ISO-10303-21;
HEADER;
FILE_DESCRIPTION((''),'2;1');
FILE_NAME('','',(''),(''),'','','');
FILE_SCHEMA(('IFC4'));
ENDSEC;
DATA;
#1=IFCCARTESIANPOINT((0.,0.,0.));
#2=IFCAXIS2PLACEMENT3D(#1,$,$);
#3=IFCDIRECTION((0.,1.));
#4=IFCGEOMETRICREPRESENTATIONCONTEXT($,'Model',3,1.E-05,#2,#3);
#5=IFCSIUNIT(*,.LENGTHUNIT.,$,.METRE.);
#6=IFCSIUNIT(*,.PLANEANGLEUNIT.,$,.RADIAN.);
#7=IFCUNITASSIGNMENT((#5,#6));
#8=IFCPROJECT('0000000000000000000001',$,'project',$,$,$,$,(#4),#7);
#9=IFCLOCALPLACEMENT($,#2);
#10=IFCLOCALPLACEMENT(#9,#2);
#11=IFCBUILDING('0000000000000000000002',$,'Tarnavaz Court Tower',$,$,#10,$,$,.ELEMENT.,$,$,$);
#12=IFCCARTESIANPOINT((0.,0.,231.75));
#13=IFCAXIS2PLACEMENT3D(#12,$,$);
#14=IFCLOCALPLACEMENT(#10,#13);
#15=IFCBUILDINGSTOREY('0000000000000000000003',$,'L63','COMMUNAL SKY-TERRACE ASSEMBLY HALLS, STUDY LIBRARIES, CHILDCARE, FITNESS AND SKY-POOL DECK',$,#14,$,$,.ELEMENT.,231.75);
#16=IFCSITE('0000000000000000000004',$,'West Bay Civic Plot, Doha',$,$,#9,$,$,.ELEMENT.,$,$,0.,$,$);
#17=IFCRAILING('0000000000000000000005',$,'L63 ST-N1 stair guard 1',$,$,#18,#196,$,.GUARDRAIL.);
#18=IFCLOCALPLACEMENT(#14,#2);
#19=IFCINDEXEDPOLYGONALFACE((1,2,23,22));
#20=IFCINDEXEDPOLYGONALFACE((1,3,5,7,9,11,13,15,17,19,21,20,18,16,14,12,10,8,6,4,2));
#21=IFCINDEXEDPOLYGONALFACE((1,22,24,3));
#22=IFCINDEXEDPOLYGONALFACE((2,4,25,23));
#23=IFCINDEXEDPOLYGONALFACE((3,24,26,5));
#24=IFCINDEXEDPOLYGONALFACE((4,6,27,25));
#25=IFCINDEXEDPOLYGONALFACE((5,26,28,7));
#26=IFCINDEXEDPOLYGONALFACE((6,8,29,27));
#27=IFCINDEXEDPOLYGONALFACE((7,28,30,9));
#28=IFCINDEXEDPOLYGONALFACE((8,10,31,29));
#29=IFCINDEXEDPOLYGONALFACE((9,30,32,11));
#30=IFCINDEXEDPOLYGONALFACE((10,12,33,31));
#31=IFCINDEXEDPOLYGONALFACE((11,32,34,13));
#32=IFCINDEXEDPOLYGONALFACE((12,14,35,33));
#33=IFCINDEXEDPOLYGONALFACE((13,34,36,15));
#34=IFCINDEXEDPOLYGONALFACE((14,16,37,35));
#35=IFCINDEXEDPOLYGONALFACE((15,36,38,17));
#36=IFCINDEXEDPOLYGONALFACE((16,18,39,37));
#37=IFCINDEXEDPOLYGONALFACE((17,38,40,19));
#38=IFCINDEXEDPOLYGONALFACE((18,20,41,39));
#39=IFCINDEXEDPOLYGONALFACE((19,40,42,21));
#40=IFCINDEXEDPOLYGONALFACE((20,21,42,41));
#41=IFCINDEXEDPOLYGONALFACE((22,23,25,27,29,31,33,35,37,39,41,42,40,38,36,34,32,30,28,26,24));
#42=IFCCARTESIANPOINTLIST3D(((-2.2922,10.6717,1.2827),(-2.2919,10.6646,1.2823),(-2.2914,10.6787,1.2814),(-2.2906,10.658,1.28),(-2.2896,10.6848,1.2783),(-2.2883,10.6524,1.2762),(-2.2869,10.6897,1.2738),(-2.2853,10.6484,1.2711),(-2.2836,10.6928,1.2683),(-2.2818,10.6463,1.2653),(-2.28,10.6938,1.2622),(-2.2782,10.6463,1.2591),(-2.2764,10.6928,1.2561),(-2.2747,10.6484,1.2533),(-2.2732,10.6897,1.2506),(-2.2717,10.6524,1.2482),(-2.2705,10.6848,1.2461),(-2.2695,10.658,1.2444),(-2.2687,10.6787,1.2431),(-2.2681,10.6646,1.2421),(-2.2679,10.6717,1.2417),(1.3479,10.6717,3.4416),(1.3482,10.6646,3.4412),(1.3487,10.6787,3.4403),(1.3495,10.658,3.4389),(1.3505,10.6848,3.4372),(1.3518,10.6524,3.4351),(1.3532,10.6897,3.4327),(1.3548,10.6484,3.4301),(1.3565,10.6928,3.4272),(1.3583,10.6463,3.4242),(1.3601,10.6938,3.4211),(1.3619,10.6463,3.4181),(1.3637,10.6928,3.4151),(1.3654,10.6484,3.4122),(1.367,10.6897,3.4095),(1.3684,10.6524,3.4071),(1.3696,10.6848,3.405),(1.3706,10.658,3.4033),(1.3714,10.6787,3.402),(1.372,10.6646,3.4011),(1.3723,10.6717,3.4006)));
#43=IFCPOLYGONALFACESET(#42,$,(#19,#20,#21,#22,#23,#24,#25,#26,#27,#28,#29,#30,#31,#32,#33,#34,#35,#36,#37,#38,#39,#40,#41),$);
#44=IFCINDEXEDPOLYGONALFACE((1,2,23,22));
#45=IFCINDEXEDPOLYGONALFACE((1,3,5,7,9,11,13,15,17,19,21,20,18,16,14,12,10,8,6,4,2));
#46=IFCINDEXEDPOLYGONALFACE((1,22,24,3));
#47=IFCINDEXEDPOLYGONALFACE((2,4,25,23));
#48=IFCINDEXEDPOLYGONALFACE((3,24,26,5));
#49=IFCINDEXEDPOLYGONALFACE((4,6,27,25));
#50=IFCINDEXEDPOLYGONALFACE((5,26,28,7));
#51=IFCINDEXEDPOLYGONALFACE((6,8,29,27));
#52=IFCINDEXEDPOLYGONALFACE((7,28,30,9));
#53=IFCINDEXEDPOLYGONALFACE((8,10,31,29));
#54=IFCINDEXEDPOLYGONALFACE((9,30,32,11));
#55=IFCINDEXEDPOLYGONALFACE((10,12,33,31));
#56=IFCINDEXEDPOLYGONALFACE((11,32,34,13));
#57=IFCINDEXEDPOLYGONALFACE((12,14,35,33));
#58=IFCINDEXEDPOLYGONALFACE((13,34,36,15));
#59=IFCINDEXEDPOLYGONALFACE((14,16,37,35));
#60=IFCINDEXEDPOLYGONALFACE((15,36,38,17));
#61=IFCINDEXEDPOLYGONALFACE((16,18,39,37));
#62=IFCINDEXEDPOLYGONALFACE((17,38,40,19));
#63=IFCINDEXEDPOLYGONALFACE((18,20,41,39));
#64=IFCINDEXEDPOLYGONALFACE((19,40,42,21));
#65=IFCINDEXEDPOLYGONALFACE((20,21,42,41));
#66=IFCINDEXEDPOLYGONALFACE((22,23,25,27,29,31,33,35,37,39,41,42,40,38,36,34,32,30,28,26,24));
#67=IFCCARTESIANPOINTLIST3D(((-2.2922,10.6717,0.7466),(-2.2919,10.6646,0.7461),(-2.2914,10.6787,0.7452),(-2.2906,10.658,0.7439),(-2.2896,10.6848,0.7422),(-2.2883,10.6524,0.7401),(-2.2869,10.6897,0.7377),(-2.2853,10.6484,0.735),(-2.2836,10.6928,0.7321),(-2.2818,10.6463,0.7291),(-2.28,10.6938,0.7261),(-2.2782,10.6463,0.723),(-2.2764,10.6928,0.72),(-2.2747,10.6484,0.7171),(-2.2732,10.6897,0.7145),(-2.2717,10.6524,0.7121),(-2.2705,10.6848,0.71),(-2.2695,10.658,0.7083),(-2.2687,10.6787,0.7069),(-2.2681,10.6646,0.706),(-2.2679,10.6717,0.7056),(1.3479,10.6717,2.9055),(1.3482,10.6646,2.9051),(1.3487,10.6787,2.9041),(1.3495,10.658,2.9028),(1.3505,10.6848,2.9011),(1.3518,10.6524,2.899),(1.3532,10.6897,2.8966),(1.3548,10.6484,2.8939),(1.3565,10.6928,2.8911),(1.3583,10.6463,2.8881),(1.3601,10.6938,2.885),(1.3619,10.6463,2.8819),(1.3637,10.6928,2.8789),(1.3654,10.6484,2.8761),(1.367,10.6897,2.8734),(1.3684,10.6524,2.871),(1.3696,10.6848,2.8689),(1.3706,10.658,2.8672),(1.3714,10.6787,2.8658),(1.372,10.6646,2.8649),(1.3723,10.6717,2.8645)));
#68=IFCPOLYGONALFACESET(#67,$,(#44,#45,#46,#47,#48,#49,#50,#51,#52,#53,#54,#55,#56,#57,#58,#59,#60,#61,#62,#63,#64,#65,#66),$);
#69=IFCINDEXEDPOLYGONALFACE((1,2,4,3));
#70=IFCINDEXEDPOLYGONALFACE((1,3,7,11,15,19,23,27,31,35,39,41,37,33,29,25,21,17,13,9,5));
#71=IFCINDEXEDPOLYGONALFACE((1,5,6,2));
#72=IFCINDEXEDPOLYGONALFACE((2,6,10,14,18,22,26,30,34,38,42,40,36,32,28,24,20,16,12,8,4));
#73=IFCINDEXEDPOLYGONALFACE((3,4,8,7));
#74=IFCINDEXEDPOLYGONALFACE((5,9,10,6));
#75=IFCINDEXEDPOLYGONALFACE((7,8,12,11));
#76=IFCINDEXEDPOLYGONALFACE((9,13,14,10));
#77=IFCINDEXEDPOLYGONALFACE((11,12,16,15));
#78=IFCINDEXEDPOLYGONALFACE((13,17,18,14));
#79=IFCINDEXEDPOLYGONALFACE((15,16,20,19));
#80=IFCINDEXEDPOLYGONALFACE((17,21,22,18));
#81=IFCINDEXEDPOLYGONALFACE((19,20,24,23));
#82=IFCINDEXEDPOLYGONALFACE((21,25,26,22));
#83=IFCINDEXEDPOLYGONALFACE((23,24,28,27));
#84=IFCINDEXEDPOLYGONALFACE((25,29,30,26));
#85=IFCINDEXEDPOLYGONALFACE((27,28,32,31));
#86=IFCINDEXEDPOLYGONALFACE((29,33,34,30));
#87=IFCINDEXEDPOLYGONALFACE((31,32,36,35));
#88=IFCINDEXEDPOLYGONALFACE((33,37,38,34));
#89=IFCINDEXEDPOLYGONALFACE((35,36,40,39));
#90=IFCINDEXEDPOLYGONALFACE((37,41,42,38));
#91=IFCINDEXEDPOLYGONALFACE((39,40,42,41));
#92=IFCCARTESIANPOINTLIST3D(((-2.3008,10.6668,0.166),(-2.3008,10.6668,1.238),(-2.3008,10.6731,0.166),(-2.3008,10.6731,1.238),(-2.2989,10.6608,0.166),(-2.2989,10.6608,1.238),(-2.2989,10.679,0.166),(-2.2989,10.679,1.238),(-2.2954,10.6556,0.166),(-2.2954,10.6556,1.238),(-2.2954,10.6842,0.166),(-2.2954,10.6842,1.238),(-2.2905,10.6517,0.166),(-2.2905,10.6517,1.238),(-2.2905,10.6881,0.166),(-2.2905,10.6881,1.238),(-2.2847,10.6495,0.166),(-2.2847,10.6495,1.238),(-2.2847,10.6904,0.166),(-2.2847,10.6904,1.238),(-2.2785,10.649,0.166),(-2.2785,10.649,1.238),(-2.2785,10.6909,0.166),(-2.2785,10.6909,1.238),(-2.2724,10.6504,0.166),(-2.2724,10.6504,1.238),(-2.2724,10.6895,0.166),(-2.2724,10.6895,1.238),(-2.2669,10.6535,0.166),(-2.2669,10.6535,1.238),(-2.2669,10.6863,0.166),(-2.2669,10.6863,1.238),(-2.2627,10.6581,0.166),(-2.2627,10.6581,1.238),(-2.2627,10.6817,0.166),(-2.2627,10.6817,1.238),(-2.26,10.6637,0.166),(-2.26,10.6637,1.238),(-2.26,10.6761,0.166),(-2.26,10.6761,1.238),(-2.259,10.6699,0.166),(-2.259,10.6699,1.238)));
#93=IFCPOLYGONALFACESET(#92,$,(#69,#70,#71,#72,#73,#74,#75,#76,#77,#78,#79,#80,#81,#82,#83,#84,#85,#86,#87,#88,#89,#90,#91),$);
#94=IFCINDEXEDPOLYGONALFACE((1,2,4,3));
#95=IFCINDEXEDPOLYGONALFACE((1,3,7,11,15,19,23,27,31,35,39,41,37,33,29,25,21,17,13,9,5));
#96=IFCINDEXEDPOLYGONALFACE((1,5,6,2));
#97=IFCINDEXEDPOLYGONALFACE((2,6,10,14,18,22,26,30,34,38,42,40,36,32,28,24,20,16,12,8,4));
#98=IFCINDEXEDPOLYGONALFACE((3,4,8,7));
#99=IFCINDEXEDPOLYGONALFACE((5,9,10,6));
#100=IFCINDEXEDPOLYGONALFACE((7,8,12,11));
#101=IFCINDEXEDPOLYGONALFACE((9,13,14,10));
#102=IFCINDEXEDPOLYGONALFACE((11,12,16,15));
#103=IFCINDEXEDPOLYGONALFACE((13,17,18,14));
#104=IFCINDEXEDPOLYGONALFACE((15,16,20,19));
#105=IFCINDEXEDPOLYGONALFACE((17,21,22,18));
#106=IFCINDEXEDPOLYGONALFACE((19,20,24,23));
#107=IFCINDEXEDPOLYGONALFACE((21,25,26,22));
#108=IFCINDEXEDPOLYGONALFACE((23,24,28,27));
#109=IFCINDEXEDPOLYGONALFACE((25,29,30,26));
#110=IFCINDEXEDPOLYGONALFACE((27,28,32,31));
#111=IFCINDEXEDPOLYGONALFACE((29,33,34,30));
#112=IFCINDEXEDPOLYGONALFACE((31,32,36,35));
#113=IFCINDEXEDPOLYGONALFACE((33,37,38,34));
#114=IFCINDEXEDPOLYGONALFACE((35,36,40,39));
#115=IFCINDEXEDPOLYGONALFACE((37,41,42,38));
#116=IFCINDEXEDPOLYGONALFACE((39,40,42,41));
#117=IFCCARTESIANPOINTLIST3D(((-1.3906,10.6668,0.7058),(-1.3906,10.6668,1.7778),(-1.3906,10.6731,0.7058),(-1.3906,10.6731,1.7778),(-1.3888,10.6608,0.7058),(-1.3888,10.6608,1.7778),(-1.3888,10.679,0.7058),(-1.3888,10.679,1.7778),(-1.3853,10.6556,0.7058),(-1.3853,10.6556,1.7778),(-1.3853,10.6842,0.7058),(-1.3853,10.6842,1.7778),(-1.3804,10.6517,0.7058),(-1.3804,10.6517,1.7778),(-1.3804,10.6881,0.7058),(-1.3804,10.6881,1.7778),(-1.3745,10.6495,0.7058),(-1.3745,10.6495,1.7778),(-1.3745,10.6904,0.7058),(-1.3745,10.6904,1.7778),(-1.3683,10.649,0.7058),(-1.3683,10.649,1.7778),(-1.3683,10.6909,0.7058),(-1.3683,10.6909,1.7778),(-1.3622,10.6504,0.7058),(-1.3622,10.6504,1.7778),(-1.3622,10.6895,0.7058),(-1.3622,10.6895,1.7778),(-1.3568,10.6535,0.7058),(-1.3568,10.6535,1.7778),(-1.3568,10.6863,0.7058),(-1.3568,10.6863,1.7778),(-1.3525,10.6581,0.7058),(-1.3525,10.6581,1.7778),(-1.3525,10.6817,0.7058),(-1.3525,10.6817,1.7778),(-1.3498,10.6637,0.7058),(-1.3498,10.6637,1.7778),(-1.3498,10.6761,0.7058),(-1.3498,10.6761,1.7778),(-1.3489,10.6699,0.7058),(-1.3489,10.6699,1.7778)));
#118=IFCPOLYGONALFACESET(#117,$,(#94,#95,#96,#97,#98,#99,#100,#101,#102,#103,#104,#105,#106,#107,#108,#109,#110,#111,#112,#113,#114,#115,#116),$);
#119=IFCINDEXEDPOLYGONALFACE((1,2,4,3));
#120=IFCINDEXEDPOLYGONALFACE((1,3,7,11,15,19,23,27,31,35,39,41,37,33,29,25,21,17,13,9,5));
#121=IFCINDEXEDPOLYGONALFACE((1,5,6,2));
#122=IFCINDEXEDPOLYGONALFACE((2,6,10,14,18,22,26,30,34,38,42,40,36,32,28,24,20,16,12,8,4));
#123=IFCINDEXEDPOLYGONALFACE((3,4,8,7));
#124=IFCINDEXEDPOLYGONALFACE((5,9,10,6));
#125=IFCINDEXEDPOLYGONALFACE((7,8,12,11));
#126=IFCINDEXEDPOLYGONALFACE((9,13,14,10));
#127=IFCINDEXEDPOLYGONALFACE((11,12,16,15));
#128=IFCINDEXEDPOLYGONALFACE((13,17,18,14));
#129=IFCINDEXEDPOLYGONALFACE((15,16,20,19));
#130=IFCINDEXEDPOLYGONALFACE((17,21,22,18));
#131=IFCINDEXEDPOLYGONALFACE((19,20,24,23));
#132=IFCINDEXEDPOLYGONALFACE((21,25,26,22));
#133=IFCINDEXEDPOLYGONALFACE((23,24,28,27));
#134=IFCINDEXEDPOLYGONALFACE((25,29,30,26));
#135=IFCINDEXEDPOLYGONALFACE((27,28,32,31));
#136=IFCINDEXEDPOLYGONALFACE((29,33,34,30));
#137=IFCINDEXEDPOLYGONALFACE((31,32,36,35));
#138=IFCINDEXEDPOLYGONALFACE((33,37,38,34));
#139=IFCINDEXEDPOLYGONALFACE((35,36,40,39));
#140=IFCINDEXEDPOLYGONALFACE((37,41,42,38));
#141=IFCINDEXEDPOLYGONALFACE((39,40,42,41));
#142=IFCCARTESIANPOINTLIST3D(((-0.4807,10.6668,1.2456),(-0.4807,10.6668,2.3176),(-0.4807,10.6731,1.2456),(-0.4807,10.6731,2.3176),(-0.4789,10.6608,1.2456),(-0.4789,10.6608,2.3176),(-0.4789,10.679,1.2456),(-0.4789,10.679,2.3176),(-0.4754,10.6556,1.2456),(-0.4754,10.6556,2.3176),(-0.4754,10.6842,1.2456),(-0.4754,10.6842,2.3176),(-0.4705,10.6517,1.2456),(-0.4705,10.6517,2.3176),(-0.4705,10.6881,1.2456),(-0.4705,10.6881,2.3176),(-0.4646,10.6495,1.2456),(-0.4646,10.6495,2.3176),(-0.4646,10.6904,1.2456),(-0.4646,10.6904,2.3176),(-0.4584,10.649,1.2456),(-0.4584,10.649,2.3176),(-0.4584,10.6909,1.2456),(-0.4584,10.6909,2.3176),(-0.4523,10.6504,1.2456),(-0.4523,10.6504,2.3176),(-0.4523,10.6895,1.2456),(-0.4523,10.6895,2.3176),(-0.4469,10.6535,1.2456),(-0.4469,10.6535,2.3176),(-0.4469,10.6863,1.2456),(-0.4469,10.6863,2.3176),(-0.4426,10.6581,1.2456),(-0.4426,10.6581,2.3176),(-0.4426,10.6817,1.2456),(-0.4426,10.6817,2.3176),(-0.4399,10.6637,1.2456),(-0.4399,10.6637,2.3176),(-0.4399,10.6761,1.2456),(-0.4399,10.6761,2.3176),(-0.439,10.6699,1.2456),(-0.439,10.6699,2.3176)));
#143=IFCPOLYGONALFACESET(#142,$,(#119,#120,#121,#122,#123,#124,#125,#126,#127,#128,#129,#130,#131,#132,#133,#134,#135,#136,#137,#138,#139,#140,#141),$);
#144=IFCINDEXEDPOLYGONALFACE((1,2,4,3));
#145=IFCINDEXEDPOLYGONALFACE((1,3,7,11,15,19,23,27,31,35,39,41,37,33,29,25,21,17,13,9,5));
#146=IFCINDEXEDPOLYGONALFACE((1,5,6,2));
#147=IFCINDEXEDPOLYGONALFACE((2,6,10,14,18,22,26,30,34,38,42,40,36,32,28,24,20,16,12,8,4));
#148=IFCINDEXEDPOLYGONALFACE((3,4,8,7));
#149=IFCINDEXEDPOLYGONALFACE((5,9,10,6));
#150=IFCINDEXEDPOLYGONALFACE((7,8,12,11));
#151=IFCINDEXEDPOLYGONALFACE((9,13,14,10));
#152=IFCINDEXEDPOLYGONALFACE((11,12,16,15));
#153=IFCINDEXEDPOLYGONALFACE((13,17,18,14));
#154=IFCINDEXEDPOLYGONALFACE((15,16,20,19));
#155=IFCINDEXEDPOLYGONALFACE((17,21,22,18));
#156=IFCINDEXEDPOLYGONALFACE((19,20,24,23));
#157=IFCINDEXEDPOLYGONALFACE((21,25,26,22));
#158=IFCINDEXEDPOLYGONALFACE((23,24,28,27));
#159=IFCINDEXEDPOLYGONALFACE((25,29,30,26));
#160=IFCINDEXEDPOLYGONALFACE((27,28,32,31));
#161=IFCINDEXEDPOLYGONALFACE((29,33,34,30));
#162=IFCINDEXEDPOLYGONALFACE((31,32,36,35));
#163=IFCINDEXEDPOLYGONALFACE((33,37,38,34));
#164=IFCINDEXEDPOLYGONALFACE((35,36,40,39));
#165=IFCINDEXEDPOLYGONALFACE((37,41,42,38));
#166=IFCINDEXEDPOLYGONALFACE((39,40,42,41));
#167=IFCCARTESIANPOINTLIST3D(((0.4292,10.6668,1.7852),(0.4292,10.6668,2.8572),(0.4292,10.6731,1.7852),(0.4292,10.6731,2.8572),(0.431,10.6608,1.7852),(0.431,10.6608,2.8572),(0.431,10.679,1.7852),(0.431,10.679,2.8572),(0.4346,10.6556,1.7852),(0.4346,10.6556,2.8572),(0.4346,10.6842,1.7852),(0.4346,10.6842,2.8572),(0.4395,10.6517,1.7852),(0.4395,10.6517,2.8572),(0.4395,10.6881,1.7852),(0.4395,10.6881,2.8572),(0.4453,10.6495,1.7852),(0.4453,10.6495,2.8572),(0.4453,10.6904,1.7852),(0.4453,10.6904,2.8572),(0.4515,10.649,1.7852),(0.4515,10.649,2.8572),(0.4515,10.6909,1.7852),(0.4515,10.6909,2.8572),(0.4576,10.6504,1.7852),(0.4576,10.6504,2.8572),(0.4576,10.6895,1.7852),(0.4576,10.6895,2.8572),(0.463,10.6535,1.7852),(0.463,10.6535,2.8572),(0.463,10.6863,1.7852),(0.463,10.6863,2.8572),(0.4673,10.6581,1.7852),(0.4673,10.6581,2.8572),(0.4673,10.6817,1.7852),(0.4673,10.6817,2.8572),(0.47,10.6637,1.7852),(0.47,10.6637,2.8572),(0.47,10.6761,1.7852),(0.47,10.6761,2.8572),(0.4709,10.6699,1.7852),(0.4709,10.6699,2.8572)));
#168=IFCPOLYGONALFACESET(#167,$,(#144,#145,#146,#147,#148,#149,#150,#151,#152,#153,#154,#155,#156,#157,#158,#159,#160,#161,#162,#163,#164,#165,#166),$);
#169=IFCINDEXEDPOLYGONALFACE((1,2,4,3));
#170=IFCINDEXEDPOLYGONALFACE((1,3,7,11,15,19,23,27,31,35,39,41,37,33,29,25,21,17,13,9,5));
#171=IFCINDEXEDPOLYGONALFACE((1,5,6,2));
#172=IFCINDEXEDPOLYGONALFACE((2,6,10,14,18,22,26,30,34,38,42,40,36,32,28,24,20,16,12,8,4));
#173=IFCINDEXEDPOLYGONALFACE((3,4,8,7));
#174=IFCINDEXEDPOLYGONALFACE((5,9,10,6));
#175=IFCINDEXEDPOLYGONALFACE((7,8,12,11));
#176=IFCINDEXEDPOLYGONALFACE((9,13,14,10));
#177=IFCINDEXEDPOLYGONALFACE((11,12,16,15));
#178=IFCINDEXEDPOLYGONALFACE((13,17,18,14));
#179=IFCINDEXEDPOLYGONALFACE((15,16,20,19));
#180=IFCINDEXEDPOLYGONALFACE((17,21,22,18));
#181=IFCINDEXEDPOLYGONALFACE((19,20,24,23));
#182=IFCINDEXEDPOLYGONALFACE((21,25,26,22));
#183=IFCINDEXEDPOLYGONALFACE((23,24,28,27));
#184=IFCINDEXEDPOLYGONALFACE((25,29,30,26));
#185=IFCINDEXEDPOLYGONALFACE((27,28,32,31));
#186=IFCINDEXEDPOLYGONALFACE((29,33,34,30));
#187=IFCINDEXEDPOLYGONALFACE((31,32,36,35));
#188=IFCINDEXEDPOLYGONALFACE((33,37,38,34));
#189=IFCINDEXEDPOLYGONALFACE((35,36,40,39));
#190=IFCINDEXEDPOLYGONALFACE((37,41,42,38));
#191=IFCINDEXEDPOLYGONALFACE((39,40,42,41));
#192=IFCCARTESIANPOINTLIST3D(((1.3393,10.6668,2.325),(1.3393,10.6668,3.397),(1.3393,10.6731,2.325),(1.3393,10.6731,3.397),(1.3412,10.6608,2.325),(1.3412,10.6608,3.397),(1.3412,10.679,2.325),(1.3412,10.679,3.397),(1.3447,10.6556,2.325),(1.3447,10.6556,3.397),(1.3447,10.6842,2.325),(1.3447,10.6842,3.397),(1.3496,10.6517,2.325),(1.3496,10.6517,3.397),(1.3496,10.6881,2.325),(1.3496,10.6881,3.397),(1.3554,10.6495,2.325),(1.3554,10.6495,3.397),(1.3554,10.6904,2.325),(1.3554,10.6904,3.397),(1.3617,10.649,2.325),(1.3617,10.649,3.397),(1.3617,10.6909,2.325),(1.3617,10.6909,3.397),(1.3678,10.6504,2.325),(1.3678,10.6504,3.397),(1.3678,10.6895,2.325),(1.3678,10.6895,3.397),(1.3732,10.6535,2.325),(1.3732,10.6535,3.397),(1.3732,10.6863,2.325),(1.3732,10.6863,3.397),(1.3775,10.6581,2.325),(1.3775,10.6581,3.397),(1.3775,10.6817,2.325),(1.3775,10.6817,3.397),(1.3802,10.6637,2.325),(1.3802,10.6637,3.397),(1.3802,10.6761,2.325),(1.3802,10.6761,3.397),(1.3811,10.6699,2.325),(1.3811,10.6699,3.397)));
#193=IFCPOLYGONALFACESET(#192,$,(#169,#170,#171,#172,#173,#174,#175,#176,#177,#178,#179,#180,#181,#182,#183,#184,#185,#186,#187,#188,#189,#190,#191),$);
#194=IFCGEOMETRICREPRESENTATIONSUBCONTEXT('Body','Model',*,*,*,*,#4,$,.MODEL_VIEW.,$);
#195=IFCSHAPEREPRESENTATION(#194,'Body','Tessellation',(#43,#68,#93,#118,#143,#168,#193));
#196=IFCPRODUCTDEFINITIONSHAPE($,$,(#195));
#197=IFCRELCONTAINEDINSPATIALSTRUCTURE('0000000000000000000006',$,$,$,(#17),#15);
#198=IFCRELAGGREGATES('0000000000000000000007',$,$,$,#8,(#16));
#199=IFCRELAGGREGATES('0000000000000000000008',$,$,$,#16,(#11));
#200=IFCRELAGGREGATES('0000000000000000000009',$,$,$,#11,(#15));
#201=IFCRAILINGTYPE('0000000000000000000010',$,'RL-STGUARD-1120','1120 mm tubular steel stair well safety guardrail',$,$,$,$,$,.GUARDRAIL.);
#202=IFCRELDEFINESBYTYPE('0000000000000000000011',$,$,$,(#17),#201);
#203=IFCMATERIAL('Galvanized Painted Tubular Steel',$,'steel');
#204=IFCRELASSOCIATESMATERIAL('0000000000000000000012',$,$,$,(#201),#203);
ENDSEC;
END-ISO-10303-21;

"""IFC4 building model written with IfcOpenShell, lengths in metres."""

from ifc_helpers import new_model, si_unit, direction, frame, origin, origin_2d, place, context, subcontext, project, spatial, circle, extrude, material, type_object, element, save


model = new_model("IFC4")

# Units and contexts
model_context = context("Model", 3, precision=1e-05, world=origin(), true_north=direction((0.0, 1.0)))
body_context = subcontext(model_context, "Body", "Model", "MODEL_VIEW")
ifc_project = project(units=[si_unit("LENGTHUNIT", "METRE"), si_unit("PLANEANGLEUNIT", "RADIAN")], contexts=[model_context])

# Site, building, storey
site_placement = place(None, origin())
site = spatial("IfcSite", under=ifc_project, at=site_placement, Name="West Bay Civic Plot, Doha", CompositionType="ELEMENT", RefElevation=0.0)
building_placement = place(site_placement, origin())
building = spatial("IfcBuilding", under=site, at=building_placement, Name="Tarnavaz Court Tower", CompositionType="ELEMENT")
storey_placement = place(building_placement, frame((0.0, 0.0, 231.75)))
storey = spatial("IfcBuildingStorey", under=building, at=storey_placement, Name="L63", Description="COMMUNAL SKY-TERRACE ASSEMBLY HALLS, STUDY LIBRARIES, CHILDCARE, FITNESS AND SKY-POOL DECK", CompositionType="ELEMENT", Elevation=231.75)

# Railing
ifc_material_1 = material(Name="Galvanized Painted Tubular Steel", Category="steel")
railing_type_1 = type_object("IfcRailingType", Name="RL-STGUARD-1120", Description="1120 mm tubular steel stair well safety guardrail", PredefinedType="GUARDRAIL", material=ifc_material_1)
railing_1_placement = place(storey_placement, frame((-2.28, 10.6699, 0.166)))
element("IfcRailing", 1, at=railing_1_placement, inside=storey, type_object=railing_type_1, Name="L63 ST-N1 stair guard 1", PredefinedType="GUARDRAIL", context=body_context, shape_type="SweptSolid", body=[
    extrude(circle(Radius=0.0239, at=origin_2d()), frame((0.0, 0.0, 1.0962), z_axis=(0.860103, 0.0, 0.51012), x_axis=(0.0, 1.0, 0.0)), (0.0, 0.0, 1.0), 4.2322),
    extrude(circle(Radius=0.0239, at=origin_2d()), frame((0.0, 0.0, 0.5601), z_axis=(0.860103, 0.0, 0.51012), x_axis=(0.0, 1.0, 0.0)), (0.0, 0.0, 1.0), 4.2322),
    extrude(circle(Radius=0.021, at=origin_2d()), origin(), (0.0, 0.0, 1.0), 1.072),
    extrude(circle(Radius=0.021, at=origin_2d()), frame((0.9102, 0.0, 0.5398)), (0.0, 0.0, 1.0), 1.072),
    extrude(circle(Radius=0.021, at=origin_2d()), frame((1.8201, 0.0, 1.0796)), (0.0, 0.0, 1.0), 1.072),
    extrude(circle(Radius=0.021, at=origin_2d()), frame((2.73, 0.0, 1.6191)), (0.0, 0.0, 1.0), 1.072),
    extrude(circle(Radius=0.021, at=origin_2d()), frame((3.6401, 0.0, 2.1589)), (0.0, 0.0, 1.0), 1.072),
])

save(model, "model.ifc")
